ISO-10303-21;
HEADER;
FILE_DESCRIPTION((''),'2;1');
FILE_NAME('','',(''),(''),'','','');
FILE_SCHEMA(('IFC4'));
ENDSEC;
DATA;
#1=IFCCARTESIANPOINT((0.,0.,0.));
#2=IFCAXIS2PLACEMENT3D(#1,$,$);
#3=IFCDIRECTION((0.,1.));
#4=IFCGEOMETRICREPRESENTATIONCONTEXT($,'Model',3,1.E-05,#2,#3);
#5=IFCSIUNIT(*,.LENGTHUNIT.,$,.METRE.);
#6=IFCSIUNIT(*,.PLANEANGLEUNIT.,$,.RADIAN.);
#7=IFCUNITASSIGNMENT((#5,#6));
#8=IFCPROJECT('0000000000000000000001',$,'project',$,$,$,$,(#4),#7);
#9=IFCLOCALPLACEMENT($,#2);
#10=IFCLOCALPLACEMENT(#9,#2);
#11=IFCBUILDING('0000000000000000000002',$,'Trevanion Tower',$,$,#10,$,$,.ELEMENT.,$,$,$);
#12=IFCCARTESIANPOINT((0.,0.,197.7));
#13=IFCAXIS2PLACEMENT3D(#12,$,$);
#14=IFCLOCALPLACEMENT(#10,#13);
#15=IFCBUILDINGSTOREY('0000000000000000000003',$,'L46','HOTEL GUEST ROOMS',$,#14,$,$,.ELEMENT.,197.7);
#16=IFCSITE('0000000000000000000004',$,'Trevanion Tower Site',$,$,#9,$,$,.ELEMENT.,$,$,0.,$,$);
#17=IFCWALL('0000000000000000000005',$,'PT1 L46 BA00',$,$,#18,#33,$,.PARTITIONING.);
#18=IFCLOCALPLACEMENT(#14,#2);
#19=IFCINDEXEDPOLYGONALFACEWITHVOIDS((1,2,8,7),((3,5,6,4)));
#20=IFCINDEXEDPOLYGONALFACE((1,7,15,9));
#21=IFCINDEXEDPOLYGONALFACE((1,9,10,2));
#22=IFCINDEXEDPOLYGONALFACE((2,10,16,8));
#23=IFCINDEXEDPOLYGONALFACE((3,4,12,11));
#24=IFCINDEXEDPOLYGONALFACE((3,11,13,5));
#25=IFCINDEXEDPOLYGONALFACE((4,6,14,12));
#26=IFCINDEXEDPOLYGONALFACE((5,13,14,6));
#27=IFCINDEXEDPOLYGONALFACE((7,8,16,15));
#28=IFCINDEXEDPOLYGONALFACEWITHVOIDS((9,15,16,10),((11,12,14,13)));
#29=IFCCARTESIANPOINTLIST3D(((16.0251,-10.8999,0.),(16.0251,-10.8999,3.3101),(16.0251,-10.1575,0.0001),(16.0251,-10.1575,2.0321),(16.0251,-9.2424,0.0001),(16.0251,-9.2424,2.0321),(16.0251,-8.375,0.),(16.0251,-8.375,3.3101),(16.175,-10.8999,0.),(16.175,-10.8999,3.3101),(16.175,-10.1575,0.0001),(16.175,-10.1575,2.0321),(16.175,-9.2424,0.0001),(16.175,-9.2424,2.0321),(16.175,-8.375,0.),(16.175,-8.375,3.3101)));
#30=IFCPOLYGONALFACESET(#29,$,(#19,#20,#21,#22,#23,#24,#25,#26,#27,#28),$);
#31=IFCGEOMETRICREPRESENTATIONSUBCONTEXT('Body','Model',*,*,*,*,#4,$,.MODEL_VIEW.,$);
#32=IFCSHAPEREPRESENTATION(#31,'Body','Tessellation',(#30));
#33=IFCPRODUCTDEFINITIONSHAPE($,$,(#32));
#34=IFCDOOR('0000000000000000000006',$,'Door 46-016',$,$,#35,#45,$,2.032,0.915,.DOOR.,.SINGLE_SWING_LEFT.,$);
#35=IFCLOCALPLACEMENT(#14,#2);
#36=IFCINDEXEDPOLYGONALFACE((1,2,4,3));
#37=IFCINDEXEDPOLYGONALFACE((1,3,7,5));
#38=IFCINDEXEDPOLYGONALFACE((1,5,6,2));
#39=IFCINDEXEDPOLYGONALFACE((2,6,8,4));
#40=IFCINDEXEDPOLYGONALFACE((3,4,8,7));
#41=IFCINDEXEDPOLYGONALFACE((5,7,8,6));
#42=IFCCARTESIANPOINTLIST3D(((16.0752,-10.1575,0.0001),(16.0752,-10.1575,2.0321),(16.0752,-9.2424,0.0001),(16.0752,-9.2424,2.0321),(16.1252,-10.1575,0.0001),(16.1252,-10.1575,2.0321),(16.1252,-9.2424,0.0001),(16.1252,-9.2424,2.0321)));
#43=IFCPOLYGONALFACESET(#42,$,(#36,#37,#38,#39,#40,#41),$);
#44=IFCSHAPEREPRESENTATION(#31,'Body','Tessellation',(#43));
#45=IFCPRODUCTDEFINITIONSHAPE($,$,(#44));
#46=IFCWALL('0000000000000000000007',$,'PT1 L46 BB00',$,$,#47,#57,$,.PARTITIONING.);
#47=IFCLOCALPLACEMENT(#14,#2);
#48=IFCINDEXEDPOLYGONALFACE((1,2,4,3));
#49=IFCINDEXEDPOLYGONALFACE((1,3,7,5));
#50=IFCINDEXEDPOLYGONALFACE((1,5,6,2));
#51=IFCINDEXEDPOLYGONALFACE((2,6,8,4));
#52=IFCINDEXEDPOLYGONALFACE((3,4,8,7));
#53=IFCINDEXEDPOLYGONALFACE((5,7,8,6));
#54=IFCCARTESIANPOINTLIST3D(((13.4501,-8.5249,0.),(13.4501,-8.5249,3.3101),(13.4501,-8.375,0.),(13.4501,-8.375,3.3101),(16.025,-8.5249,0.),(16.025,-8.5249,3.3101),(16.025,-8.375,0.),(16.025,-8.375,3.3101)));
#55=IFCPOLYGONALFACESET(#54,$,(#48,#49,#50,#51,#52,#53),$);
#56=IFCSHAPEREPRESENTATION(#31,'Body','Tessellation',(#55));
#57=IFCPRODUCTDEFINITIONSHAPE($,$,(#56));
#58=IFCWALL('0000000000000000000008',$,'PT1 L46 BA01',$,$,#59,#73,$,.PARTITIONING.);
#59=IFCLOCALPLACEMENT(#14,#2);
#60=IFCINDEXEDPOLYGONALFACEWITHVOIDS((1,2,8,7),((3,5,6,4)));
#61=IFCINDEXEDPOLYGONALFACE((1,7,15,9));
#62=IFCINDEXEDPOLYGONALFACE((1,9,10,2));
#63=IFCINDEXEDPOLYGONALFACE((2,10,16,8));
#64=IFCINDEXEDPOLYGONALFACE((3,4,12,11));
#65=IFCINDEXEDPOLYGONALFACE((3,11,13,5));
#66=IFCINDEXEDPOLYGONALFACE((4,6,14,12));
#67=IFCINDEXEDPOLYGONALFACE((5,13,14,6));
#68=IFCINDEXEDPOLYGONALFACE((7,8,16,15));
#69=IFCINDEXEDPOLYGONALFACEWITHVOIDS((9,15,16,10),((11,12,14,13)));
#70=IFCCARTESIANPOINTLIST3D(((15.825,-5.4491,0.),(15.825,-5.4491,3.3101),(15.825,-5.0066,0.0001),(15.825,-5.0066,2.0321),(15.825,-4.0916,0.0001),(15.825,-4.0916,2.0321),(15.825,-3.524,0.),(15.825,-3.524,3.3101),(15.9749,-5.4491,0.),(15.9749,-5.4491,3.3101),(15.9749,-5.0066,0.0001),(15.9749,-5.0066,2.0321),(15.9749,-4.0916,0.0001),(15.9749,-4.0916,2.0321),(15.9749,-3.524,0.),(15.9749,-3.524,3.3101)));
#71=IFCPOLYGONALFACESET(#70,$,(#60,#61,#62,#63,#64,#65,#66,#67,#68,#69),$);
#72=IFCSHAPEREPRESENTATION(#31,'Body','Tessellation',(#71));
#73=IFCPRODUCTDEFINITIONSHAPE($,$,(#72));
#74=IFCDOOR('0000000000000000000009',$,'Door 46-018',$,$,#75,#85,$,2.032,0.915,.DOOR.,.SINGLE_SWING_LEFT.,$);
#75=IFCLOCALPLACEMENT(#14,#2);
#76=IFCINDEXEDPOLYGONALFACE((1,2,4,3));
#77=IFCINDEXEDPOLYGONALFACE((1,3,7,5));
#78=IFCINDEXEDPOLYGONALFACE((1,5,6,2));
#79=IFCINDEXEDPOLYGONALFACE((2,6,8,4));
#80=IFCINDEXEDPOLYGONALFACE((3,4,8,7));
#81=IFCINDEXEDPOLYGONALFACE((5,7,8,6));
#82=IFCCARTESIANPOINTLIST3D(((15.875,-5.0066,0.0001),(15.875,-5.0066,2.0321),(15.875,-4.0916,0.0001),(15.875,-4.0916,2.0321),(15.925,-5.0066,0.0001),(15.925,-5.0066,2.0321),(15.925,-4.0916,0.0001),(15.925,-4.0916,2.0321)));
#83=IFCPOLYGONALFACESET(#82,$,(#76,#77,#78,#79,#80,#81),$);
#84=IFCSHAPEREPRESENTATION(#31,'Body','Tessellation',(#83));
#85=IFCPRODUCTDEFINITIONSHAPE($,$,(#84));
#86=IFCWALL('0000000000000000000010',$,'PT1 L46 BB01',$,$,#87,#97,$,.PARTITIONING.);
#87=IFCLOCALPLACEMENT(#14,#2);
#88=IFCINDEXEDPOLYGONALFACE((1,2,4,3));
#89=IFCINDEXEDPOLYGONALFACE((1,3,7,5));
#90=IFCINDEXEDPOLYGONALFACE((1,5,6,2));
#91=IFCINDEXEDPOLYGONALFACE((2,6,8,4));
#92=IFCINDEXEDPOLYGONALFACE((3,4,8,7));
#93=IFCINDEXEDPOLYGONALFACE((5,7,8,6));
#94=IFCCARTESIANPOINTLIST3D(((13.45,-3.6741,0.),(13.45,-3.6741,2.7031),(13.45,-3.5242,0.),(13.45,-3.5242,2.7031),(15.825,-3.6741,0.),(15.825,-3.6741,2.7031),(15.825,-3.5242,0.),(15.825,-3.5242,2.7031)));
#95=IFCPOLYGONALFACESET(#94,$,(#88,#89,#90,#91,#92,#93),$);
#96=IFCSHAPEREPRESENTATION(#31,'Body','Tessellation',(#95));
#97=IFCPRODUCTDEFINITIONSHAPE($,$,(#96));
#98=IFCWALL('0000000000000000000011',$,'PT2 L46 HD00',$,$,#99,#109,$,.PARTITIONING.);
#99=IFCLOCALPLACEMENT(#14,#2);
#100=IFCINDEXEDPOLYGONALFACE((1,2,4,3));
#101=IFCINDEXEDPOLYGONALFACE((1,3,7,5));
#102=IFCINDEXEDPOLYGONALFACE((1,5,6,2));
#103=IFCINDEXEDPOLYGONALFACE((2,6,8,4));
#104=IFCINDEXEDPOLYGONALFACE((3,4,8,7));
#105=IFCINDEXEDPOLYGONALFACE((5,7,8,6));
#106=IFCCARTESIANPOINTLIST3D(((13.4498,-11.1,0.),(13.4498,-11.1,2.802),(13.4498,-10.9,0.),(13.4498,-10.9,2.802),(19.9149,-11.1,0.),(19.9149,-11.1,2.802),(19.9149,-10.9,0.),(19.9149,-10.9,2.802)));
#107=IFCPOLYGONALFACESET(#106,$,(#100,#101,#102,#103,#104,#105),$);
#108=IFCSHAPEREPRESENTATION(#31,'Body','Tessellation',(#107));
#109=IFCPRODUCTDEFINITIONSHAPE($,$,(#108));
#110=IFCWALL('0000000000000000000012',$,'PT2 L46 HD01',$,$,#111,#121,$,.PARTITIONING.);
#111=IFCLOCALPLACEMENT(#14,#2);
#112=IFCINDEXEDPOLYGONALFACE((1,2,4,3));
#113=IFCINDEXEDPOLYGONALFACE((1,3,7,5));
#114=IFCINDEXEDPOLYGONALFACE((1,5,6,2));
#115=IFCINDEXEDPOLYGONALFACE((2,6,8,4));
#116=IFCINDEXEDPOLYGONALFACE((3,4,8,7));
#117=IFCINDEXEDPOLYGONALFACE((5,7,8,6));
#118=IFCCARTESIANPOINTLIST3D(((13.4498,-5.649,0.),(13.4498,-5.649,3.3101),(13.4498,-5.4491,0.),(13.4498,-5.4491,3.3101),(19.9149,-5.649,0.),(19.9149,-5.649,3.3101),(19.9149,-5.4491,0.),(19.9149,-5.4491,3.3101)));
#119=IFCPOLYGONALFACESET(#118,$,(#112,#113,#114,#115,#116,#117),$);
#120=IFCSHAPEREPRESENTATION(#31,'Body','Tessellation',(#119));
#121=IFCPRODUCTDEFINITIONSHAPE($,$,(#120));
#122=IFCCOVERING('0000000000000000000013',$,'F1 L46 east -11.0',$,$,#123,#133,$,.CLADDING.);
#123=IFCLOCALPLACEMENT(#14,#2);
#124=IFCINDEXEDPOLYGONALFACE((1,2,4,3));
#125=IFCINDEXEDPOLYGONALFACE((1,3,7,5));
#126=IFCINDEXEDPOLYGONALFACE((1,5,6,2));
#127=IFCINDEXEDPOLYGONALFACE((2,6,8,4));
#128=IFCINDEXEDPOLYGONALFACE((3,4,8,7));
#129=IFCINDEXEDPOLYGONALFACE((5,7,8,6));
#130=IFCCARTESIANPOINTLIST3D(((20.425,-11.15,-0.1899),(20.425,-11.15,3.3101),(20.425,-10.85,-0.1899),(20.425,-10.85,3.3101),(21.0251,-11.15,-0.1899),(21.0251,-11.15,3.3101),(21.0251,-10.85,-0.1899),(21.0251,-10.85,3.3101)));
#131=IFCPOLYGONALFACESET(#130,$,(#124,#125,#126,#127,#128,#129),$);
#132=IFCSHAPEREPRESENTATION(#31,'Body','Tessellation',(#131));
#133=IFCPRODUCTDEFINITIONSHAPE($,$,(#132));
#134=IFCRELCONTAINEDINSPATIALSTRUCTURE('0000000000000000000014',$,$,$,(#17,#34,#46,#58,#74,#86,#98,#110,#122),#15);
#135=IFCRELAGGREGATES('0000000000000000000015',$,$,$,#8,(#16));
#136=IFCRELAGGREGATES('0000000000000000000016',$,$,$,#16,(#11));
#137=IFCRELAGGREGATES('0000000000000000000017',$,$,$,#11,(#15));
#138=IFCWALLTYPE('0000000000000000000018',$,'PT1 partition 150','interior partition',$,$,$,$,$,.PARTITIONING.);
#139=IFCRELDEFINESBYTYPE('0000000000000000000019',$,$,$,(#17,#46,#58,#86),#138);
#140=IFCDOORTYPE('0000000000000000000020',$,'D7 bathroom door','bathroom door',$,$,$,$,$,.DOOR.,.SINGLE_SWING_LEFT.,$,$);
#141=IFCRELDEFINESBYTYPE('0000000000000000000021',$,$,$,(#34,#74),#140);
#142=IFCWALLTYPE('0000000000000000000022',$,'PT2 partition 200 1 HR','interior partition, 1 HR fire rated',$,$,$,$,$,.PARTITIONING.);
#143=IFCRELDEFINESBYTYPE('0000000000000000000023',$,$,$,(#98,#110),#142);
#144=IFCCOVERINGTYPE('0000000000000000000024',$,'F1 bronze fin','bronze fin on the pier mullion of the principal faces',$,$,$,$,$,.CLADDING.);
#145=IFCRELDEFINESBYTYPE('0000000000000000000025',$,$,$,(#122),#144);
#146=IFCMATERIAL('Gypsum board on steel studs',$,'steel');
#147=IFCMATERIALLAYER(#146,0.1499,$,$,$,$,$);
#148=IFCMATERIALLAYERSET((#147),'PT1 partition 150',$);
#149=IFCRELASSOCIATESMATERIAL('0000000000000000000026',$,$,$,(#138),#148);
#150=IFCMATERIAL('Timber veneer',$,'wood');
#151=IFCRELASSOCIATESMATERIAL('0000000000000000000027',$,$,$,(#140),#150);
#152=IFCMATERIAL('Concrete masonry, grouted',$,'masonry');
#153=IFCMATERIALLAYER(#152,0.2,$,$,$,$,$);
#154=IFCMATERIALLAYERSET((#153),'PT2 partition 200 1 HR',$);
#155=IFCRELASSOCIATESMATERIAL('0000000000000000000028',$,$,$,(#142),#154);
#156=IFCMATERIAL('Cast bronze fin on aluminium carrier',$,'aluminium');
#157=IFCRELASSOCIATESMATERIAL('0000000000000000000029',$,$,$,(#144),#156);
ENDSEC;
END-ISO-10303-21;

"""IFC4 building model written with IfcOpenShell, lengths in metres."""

from ifc_helpers import new_model, si_unit, direction, frame, frame_2d, origin, origin_2d, place, context, subcontext, project, spatial, rectangle, extrude, material, layer, layer_set, type_object, element, fill, save


model = new_model("IFC4")

# Units and contexts
model_context = context("Model", 3, precision=1e-05, world=origin(), true_north=direction((0.0, 1.0)))
body_context = subcontext(model_context, "Body", "Model", "MODEL_VIEW")
ifc_project = project(units=[si_unit("LENGTHUNIT", "METRE"), si_unit("PLANEANGLEUNIT", "RADIAN")], contexts=[model_context])

# Site, building, storey
site_placement = place(None, origin())
site = spatial("IfcSite", under=ifc_project, at=site_placement, Name="Trevanion Tower Site", CompositionType="ELEMENT", RefElevation=0.0)
building_placement = place(site_placement, origin())
building = spatial("IfcBuilding", under=site, at=building_placement, Name="Trevanion Tower", CompositionType="ELEMENT")
storey_placement = place(building_placement, frame((0.0, 0.0, 197.7)))
storey = spatial("IfcBuildingStorey", under=building, at=storey_placement, Name="L46", Description="HOTEL GUEST ROOMS", CompositionType="ELEMENT", Elevation=197.7)

# Wall, opening, door
ifc_material_1 = material(Name="Gypsum board on steel studs", Category="steel")
ifc_layer_1 = layer(ifc_material_1, 0.1499)
ifc_layer_set_1 = layer_set([ifc_layer_1], Name="PT1 partition 150")
wall_type_1 = type_object("IfcWallType", Name="PT1 partition 150", Description="interior partition", PredefinedType="PARTITIONING", material=ifc_layer_set_1)
wall_1_placement = place(storey_placement, frame((16.1001, -10.8999, 0.0), z_axis=(0.0, 0.0, 1.0), x_axis=(0.0, 1.0, 0.0)))
wall_1 = element("IfcWall", 1, at=wall_1_placement, inside=storey, type_object=wall_type_1, Name="PT1 L46 BA00", PredefinedType="PARTITIONING", context=body_context, shape_type="SweptSolid", body=[
    extrude(rectangle(XDim=2.5249, YDim=0.1499, at=frame_2d((1.2625, 0.0))), origin(), (0.0, 0.0, 1.0), 3.3101),
])
opening_1_placement = place(wall_1_placement, frame((0.7424, 0.0, 0.0)))
opening_1 = element("IfcOpeningElement", 2, at=opening_1_placement, cuts=wall_1, PredefinedType="OPENING", context=body_context, shape_type="SweptSolid", body=[
    extrude(rectangle(XDim=0.915, YDim=2.032, at=frame_2d((0.4575, 1.0161))), frame((0.0, 0.085, 0.0), z_axis=(0.0, -1.0, 0.0), x_axis=(1.0, 0.0, 0.0)), (0.0, 0.0, 1.0), 0.1699),
])
ifc_material_2 = material(Name="Timber veneer", Category="wood")
door_type = type_object("IfcDoorType", Name="D7 bathroom door", Description="bathroom door", OperationType="SINGLE_SWING_LEFT", PredefinedType="DOOR", material=ifc_material_2)
door_1_placement = place(opening_1_placement, origin())
door_1 = element("IfcDoor", 3, at=door_1_placement, inside=storey, type_object=door_type, Name="Door 46-016", OperationType="SINGLE_SWING_LEFT", OverallHeight=2.032, OverallWidth=0.915, PredefinedType="DOOR", context=body_context, shape_type="SweptSolid", body=[
    extrude(rectangle(XDim=0.915, YDim=2.032, at=frame_2d((0.4575, 1.0161))), frame((0.0, 0.0249, 0.0), z_axis=(0.0, -1.0, 0.0), x_axis=(1.0, 0.0, 0.0)), (0.0, 0.0, 1.0), 0.05),
])
fill(opening_1, door_1)

# Wall
wall_2_placement = place(storey_placement, frame((13.45, -8.45, 0.0), z_axis=(0.0, 0.0, 1.0), x_axis=(1.0, 0.0, 0.0)))
element("IfcWall", 4, at=wall_2_placement, inside=storey, type_object=wall_type_1, Name="PT1 L46 BB00", PredefinedType="PARTITIONING", context=body_context, shape_type="SweptSolid", body=[
    extrude(rectangle(XDim=2.575, YDim=0.1499, at=frame_2d((1.2876, 0.0))), origin(), (0.0, 0.0, 1.0), 3.3101),
])

# Wall, opening, door
wall_3_placement = place(storey_placement, frame((15.8999, -5.449, 0.0), z_axis=(0.0, 0.0, 1.0), x_axis=(0.0, 1.0, 0.0)))
wall_3 = element("IfcWall", 5, at=wall_3_placement, inside=storey, type_object=wall_type_1, Name="PT1 L46 BA01", PredefinedType="PARTITIONING", context=body_context, shape_type="SweptSolid", body=[
    extrude(rectangle(XDim=1.925, YDim=0.1499, at=frame_2d((0.9624, 0.0))), origin(), (0.0, 0.0, 1.0), 3.3101),
])
opening_2_placement = place(wall_3_placement, frame((0.4424, 0.0, 0.0)))
opening_2 = element("IfcOpeningElement", 6, at=opening_2_placement, cuts=wall_3, PredefinedType="OPENING", context=body_context, shape_type="SweptSolid", body=[
    extrude(rectangle(XDim=0.915, YDim=2.032, at=frame_2d((0.4575, 1.0161))), frame((0.0, 0.085, 0.0), z_axis=(0.0, -1.0, 0.0), x_axis=(1.0, 0.0, 0.0)), (0.0, 0.0, 1.0), 0.1699),
])
door_2_placement = place(opening_2_placement, origin())
door_2 = element("IfcDoor", 7, at=door_2_placement, inside=storey, type_object=door_type, Name="Door 46-018", OperationType="SINGLE_SWING_LEFT", OverallHeight=2.032, OverallWidth=0.915, PredefinedType="DOOR", context=body_context, shape_type="SweptSolid", body=[
    extrude(rectangle(XDim=0.915, YDim=2.032, at=frame_2d((0.4575, 1.0161))), frame((0.0, 0.0249, 0.0), z_axis=(0.0, -1.0, 0.0), x_axis=(1.0, 0.0, 0.0)), (0.0, 0.0, 1.0), 0.05),
])
fill(opening_2, door_2)

# Walls
wall_4_placement = place(storey_placement, frame((13.45, -3.5991, 0.0), z_axis=(0.0, 0.0, 1.0), x_axis=(1.0, 0.0, 0.0)))
element("IfcWall", 8, at=wall_4_placement, inside=storey, type_object=wall_type_1, Name="PT1 L46 BB01", PredefinedType="PARTITIONING", context=body_context, shape_type="SweptSolid", body=[
    extrude(rectangle(XDim=2.375, YDim=0.1499, at=frame_2d((1.1875, 0.0))), origin(), (0.0, 0.0, 1.0), 2.7031),
])
ifc_material_3 = material(Name="Concrete masonry, grouted", Category="masonry")
ifc_layer_2 = layer(ifc_material_3, 0.2)
ifc_layer_set_2 = layer_set([ifc_layer_2], Name="PT2 partition 200 1 HR")
wall_type_2 = type_object("IfcWallType", Name="PT2 partition 200 1 HR", Description="interior partition, 1 HR fire rated", PredefinedType="PARTITIONING", material=ifc_layer_set_2)
wall_5_placement = place(storey_placement, frame((13.45, -11.0, 0.0), z_axis=(0.0, 0.0, 1.0), x_axis=(1.0, 0.0, 0.0)))
element("IfcWall", 9, at=wall_5_placement, inside=storey, type_object=wall_type_2, Name="PT2 L46 HD00", PredefinedType="PARTITIONING", context=body_context, shape_type="SweptSolid", body=[
    extrude(rectangle(XDim=6.4651, YDim=0.2, at=frame_2d((3.2324, 0.0))), origin(), (0.0, 0.0, 1.0), 2.802),
])
wall_6_placement = place(storey_placement, frame((13.45, -5.5491, 0.0), z_axis=(0.0, 0.0, 1.0), x_axis=(1.0, 0.0, 0.0)))
element("IfcWall", 10, at=wall_6_placement, inside=storey, type_object=wall_type_2, Name="PT2 L46 HD01", PredefinedType="PARTITIONING", context=body_context, shape_type="SweptSolid", body=[
    extrude(rectangle(XDim=6.4651, YDim=0.2, at=frame_2d((3.2324, 0.0))), origin(), (0.0, 0.0, 1.0), 3.3101),
])

# Covering
ifc_material_4 = material(Name="Cast bronze fin on aluminium carrier", Category="aluminium")
covering_type = type_object("IfcCoveringType", Name="F1 bronze fin", Description="bronze fin on the pier mullion of the principal faces", PredefinedType="CLADDING", material=ifc_material_4)
covering_placement = place(storey_placement, frame((20.7251, -11.0, -0.1899), z_axis=(0.0, 0.0, 1.0), x_axis=(0.0, 1.0, 0.0)))
element("IfcCovering", 11, at=covering_placement, inside=storey, type_object=covering_type, Name="F1 L46 east -11.0", PredefinedType="CLADDING", context=body_context, shape_type="SweptSolid", body=[
    extrude(rectangle(XDim=0.3, YDim=0.6001, at=origin_2d()), origin(), (0.0, 0.0, 1.0), 3.5),
])

save(model, "model.ifc")
